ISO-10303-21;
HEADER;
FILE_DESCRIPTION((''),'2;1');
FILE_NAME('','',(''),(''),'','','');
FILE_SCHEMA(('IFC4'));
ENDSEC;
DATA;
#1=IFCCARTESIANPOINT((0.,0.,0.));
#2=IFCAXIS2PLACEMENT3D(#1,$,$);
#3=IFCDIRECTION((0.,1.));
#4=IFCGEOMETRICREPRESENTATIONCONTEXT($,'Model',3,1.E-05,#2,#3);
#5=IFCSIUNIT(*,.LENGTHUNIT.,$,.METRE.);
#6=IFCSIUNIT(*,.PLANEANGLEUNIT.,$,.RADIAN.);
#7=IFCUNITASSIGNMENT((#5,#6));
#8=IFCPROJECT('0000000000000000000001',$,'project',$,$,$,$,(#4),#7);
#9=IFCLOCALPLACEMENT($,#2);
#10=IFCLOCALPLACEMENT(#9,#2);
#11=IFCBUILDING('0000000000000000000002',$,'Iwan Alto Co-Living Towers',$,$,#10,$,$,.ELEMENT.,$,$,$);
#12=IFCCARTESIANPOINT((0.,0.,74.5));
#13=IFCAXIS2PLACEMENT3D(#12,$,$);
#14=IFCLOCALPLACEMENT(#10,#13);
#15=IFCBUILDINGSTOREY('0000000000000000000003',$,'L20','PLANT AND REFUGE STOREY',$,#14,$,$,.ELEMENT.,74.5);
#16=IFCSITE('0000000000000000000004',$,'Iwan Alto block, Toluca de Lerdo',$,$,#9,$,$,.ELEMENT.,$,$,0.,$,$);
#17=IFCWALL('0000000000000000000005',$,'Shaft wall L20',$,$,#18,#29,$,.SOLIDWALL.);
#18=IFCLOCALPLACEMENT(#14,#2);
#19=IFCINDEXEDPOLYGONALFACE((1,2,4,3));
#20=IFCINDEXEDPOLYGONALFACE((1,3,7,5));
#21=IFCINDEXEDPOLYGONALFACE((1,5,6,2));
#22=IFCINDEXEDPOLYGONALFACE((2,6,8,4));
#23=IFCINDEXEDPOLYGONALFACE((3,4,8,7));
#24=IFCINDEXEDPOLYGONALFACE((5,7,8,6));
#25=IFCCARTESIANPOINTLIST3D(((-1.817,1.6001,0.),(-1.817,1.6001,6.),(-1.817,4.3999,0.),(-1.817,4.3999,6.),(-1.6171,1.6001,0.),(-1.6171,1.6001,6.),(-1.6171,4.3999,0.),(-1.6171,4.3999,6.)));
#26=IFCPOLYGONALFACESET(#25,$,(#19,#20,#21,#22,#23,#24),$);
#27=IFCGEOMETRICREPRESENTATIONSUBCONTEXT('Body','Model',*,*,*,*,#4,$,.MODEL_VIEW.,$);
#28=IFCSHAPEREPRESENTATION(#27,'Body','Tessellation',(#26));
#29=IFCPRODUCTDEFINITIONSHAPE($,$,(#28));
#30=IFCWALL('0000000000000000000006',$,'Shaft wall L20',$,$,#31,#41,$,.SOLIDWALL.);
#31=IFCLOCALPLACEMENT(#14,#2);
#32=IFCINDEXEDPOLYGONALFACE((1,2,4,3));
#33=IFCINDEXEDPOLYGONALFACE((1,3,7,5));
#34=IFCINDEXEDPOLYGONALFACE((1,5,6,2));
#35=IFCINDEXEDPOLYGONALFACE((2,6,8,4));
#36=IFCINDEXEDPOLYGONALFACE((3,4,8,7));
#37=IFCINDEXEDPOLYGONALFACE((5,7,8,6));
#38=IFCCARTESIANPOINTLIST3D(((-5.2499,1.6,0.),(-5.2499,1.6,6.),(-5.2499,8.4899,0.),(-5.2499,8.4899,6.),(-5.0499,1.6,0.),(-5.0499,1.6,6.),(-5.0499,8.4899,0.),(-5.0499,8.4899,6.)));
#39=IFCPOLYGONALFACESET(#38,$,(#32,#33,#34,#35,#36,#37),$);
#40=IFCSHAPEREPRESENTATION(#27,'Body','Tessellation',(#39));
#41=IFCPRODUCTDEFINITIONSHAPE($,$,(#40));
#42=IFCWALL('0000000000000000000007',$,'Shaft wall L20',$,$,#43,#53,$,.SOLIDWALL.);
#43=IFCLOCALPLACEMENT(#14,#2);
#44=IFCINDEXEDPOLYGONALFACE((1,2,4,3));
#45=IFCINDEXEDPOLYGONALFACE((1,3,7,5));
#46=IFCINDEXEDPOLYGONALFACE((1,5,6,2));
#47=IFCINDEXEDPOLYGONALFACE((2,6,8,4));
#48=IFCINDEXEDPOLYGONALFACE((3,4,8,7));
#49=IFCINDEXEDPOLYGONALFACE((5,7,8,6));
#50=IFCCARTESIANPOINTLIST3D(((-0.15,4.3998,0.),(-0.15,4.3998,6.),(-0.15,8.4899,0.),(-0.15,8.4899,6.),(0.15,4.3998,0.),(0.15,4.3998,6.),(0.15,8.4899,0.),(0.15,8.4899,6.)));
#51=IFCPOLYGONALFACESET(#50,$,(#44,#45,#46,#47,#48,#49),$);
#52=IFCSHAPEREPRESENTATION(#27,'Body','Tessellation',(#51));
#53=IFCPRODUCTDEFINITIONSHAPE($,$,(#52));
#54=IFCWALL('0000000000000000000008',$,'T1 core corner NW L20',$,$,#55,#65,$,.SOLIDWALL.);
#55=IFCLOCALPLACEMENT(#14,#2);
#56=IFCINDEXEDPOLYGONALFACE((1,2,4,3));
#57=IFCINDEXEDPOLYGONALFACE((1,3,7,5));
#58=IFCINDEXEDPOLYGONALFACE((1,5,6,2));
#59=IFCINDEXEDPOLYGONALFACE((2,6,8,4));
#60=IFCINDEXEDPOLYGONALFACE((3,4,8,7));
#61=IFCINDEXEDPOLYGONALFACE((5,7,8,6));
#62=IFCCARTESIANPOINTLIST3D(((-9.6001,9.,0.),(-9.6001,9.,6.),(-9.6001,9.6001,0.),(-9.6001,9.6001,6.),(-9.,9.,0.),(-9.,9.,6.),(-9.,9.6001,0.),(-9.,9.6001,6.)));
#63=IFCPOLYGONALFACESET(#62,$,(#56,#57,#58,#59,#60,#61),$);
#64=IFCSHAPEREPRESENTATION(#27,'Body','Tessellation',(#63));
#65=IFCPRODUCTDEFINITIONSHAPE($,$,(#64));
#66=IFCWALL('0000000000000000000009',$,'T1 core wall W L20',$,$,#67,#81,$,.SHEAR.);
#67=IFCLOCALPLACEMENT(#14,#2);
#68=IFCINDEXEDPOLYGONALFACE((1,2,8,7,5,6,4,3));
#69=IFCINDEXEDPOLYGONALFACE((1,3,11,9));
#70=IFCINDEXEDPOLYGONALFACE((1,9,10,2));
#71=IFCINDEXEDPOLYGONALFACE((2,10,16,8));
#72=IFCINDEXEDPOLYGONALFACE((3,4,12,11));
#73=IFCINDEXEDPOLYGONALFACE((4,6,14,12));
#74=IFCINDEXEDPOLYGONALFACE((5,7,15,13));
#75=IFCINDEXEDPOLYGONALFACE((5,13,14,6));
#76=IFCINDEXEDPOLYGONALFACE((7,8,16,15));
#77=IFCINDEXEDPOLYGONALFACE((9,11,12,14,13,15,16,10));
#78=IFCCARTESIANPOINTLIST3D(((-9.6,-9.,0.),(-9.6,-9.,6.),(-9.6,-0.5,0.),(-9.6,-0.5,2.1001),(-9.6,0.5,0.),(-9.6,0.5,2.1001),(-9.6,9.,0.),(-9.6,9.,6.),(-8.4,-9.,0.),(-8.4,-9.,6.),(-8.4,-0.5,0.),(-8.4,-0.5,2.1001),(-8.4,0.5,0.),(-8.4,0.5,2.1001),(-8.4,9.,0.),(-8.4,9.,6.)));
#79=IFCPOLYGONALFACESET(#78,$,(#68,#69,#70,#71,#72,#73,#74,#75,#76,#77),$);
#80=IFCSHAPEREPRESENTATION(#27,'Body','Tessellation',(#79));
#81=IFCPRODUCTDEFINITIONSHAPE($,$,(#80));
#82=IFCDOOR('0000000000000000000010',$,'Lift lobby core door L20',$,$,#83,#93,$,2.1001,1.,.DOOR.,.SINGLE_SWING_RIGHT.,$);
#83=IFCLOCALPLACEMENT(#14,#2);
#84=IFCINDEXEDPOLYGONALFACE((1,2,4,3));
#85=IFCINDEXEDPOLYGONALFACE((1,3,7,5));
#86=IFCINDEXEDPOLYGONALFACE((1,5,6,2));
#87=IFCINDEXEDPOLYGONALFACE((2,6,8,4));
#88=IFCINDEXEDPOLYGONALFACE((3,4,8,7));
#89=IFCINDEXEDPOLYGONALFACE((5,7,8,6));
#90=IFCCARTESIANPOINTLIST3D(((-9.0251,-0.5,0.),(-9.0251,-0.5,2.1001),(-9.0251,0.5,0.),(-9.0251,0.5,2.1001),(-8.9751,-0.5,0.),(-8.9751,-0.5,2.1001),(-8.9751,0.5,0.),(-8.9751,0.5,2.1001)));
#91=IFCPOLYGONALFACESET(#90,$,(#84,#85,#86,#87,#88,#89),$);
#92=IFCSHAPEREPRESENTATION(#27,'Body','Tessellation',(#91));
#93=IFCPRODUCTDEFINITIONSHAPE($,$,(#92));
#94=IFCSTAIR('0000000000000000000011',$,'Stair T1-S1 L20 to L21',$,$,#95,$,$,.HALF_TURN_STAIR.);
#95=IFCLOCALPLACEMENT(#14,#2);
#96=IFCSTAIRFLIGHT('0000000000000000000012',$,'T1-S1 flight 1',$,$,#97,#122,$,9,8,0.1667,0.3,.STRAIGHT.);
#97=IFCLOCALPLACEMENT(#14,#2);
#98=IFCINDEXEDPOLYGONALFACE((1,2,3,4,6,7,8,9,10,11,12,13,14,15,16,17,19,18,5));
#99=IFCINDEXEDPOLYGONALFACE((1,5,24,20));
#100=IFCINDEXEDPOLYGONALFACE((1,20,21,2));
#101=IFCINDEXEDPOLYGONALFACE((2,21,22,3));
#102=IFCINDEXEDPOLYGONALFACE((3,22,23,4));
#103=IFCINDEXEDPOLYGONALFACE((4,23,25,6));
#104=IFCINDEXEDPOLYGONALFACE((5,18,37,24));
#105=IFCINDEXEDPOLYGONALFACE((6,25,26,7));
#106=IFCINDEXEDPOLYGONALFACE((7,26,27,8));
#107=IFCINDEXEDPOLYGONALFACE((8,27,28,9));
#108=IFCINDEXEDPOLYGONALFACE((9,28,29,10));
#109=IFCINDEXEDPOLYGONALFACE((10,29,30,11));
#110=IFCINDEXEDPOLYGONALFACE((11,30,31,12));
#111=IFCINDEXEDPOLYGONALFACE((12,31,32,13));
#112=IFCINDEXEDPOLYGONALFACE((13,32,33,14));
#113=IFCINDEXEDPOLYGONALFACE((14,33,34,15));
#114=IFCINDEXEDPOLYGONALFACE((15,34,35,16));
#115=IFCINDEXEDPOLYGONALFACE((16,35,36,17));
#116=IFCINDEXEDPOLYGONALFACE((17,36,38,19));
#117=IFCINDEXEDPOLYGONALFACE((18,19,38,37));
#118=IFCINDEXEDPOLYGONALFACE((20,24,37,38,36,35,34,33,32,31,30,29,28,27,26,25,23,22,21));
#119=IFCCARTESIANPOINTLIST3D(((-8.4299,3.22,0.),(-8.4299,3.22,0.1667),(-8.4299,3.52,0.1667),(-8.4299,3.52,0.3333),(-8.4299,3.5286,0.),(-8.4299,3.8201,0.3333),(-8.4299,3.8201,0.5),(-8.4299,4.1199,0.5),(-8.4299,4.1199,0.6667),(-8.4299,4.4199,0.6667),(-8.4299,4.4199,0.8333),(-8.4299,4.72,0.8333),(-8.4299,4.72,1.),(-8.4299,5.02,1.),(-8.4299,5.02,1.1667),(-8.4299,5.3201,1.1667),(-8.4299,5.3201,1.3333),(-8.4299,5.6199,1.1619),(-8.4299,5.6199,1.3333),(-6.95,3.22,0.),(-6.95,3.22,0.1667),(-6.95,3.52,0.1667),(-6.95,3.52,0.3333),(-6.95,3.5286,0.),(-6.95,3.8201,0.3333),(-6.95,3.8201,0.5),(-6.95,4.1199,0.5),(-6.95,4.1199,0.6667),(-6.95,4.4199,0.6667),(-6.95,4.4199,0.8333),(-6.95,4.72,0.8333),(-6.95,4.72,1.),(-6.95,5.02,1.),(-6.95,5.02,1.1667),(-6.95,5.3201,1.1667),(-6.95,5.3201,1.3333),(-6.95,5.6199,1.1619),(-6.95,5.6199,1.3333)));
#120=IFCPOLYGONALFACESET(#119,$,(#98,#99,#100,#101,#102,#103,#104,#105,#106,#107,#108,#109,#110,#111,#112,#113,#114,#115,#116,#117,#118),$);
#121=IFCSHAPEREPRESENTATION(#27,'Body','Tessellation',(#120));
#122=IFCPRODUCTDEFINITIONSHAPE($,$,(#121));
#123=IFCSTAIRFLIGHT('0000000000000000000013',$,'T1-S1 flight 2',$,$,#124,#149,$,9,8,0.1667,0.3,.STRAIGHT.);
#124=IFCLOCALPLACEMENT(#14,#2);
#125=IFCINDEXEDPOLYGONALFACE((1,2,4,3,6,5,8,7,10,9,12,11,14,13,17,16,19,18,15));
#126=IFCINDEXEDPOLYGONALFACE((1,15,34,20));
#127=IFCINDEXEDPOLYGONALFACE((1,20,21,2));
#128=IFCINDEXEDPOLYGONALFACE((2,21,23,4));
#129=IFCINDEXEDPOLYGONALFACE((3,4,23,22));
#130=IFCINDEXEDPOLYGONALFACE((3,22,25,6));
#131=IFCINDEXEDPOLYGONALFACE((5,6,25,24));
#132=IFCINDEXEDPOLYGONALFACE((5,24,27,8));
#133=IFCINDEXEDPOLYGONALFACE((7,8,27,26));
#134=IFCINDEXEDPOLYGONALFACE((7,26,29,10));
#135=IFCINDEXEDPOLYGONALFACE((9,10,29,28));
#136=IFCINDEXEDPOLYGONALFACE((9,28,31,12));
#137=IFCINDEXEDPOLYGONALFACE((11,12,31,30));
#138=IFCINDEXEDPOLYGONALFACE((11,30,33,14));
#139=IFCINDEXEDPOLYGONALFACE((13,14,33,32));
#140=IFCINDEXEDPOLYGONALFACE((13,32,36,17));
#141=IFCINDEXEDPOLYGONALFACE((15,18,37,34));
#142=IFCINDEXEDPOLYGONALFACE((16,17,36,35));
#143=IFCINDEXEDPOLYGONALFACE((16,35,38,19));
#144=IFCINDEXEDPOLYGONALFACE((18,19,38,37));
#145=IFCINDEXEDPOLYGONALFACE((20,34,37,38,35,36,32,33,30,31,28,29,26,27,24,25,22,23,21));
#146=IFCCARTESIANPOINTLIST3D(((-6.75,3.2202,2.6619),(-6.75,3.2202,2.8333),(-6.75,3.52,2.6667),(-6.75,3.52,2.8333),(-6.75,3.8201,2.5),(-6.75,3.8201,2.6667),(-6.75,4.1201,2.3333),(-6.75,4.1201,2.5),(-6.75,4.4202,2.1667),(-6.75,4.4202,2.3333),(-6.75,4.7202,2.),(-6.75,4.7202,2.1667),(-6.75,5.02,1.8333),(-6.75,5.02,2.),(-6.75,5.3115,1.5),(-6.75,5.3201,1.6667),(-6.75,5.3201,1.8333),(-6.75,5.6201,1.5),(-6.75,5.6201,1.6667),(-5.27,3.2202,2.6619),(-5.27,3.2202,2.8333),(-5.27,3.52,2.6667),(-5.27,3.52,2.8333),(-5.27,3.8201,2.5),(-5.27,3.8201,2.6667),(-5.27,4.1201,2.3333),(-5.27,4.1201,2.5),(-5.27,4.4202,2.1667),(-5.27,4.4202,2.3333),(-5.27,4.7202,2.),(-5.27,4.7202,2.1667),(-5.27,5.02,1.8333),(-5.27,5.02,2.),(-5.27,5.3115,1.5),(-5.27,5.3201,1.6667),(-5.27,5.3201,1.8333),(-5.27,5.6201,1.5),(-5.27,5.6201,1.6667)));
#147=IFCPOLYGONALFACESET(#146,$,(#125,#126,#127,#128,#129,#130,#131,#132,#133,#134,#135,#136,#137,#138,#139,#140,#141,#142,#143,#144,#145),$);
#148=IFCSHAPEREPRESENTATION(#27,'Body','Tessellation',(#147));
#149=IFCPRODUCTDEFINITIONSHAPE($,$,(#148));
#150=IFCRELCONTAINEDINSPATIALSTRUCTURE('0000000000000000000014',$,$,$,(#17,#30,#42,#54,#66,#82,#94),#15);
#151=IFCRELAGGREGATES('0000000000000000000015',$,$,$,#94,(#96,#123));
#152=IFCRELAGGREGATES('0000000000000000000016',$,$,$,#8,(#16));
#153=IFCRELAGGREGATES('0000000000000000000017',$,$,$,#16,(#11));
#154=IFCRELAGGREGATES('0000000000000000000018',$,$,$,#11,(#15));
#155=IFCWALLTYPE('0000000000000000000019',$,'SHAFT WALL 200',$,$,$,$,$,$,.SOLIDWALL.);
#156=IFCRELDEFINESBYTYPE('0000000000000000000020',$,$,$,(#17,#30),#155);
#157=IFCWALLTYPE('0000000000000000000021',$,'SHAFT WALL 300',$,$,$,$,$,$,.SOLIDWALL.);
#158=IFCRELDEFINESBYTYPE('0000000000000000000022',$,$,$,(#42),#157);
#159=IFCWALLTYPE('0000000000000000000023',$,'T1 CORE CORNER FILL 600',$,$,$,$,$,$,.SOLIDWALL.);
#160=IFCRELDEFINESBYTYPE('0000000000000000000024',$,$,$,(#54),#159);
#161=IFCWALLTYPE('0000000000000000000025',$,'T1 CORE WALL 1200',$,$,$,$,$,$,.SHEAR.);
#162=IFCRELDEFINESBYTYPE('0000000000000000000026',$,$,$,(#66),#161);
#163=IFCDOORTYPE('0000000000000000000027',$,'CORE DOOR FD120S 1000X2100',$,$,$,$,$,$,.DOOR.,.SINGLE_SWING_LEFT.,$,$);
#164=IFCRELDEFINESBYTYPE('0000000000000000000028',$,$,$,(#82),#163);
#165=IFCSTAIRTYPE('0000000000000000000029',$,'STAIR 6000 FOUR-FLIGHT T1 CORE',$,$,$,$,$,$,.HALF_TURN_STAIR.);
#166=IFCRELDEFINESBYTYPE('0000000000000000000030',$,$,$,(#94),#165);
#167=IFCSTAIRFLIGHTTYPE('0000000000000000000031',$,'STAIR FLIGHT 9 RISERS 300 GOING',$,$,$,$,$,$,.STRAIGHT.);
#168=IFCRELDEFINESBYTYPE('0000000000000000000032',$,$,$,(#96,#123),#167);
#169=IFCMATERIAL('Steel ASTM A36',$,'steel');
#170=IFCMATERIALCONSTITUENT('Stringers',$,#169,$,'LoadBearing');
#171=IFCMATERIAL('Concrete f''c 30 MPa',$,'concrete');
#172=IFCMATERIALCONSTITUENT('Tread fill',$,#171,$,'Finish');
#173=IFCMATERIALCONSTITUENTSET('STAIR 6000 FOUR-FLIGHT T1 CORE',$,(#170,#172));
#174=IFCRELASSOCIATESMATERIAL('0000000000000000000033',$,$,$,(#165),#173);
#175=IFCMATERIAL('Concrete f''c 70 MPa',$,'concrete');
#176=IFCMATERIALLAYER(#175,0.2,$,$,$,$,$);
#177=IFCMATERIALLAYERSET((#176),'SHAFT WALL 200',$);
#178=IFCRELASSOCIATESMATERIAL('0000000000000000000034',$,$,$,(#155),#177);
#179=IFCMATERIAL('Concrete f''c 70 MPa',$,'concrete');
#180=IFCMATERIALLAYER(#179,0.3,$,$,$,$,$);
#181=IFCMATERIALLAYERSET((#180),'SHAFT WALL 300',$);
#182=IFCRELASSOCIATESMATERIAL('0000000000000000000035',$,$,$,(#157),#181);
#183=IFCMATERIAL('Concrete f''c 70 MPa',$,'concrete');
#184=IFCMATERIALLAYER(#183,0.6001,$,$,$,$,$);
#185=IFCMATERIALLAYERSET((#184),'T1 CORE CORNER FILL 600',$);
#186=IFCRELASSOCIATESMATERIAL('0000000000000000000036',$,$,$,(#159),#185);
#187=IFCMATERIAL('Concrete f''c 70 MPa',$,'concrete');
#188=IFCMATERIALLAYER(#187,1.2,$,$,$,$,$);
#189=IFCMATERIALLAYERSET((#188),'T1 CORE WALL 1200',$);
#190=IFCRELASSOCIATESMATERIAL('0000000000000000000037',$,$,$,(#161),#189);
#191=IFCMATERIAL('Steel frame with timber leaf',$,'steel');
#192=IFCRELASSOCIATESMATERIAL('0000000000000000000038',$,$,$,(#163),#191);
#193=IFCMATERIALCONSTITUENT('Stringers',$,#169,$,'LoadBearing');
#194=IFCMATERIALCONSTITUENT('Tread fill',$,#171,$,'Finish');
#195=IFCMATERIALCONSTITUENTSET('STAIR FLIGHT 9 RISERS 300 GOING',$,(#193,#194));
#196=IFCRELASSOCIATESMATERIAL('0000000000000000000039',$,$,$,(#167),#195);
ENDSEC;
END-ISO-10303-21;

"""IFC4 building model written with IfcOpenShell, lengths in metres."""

from ifc_helpers import new_model, si_unit, direction, frame, frame_2d, origin, place, context, subcontext, project, spatial, polyline, rectangle, outline, extrude, material, layer, layer_set, constituent, constituent_set, type_object, element, fill, aggregate, save


model = new_model("IFC4")

# Units and contexts
model_context = context("Model", 3, precision=1e-05, world=origin(), true_north=direction((0.0, 1.0)))
body_context = subcontext(model_context, "Body", "Model", "MODEL_VIEW")
ifc_project = project(units=[si_unit("LENGTHUNIT", "METRE"), si_unit("PLANEANGLEUNIT", "RADIAN")], contexts=[model_context])

# Site, building, storey
site_placement = place(None, origin())
site = spatial("IfcSite", under=ifc_project, at=site_placement, Name="Iwan Alto block, Toluca de Lerdo", CompositionType="ELEMENT", RefElevation=0.0)
building_placement = place(site_placement, origin())
building = spatial("IfcBuilding", under=site, at=building_placement, Name="Iwan Alto Co-Living Towers", CompositionType="ELEMENT")
storey_placement = place(building_placement, frame((0.0, 0.0, 74.5)))
storey = spatial("IfcBuildingStorey", under=building, at=storey_placement, Name="L20", Description="PLANT AND REFUGE STOREY", CompositionType="ELEMENT", Elevation=74.5)

# Shared definitions
ifc_material_1 = material(Name="Steel ASTM A36", Category="steel")
ifc_constituent_1 = constituent(ifc_material_1, Name="Stringers", Category="LoadBearing")
ifc_material_2 = material(Name="Concrete f'c 30 MPa", Category="concrete")
ifc_constituent_2 = constituent(ifc_material_2, Name="Tread fill", Category="Finish")
ifc_constituent_set_1 = constituent_set(constituents=[ifc_constituent_1, ifc_constituent_2], Name="STAIR 6000 FOUR-FLIGHT T1 CORE")
stair_type_1 = type_object("IfcStairType", Name="STAIR 6000 FOUR-FLIGHT T1 CORE", PredefinedType="HALF_TURN_STAIR", material=ifc_constituent_set_1)

# Shared definitions
ifc_material_3 = material(Name="Concrete f'c 70 MPa", Category="concrete")
ifc_layer_1 = layer(ifc_material_3, 0.2)
ifc_layer_set_1 = layer_set([ifc_layer_1], Name="SHAFT WALL 200")
wall_type_1 = type_object("IfcWallType", Name="SHAFT WALL 200", PredefinedType="SOLIDWALL", material=ifc_layer_set_1)

# Walls
wall_1_placement = place(storey_placement, frame((-1.717, 1.6001, 0.0), z_axis=(0.0, 0.0, 1.0), x_axis=(0.0, 1.0, 0.0)))
element("IfcWall", 1, at=wall_1_placement, inside=storey, type_object=wall_type_1, Name="Shaft wall L20", PredefinedType="SOLIDWALL", context=body_context, shape_type="SweptSolid", body=[
    extrude(rectangle(XDim=2.7998, YDim=0.2, at=frame_2d((1.3999, 0.0))), origin(), (0.0, 0.0, 1.0), 6.0),
])
wall_2_placement = place(storey_placement, frame((-5.1499, 1.6001, 0.0), z_axis=(0.0, 0.0, 1.0), x_axis=(0.0, 1.0, 0.0)))
element("IfcWall", 2, at=wall_2_placement, inside=storey, type_object=wall_type_1, Name="Shaft wall L20", PredefinedType="SOLIDWALL", context=body_context, shape_type="SweptSolid", body=[
    extrude(rectangle(XDim=6.8899, YDim=0.2, at=frame_2d((3.4448, 0.0))), origin(), (0.0, 0.0, 1.0), 6.0),
])
ifc_material_4 = material(Name="Concrete f'c 70 MPa", Category="concrete")
ifc_layer_2 = layer(ifc_material_4, 0.3)
ifc_layer_set_2 = layer_set([ifc_layer_2], Name="SHAFT WALL 300")
wall_type_2 = type_object("IfcWallType", Name="SHAFT WALL 300", PredefinedType="SOLIDWALL", material=ifc_layer_set_2)
wall_3_placement = place(storey_placement, frame((0.0, 4.3999, 0.0), z_axis=(0.0, 0.0, 1.0), x_axis=(0.0, 1.0, 0.0)))
element("IfcWall", 3, at=wall_3_placement, inside=storey, type_object=wall_type_2, Name="Shaft wall L20", PredefinedType="SOLIDWALL", context=body_context, shape_type="SweptSolid", body=[
    extrude(rectangle(XDim=4.0901, YDim=0.3, at=frame_2d((2.0449, 0.0))), origin(), (0.0, 0.0, 1.0), 6.0),
])
ifc_material_5 = material(Name="Concrete f'c 70 MPa", Category="concrete")
ifc_layer_3 = layer(ifc_material_5, 0.6001)
ifc_layer_set_3 = layer_set([ifc_layer_3], Name="T1 CORE CORNER FILL 600")
wall_type_3 = type_object("IfcWallType", Name="T1 CORE CORNER FILL 600", PredefinedType="SOLIDWALL", material=ifc_layer_set_3)
wall_4_placement = place(storey_placement, frame((-9.6001, 9.3, 0.0), z_axis=(0.0, 0.0, 1.0), x_axis=(1.0, 0.0, 0.0)))
element("IfcWall", 4, at=wall_4_placement, inside=storey, type_object=wall_type_3, Name="T1 core corner NW L20", PredefinedType="SOLIDWALL", context=body_context, shape_type="SweptSolid", body=[
    extrude(rectangle(XDim=0.6001, YDim=0.6001, at=frame_2d((0.3, 0.0))), origin(), (0.0, 0.0, 1.0), 6.0),
])

# Wall, opening, door
ifc_material_6 = material(Name="Concrete f'c 70 MPa", Category="concrete")
ifc_layer_4 = layer(ifc_material_6, 1.2)
ifc_layer_set_4 = layer_set([ifc_layer_4], Name="T1 CORE WALL 1200")
wall_type_4 = type_object("IfcWallType", Name="T1 CORE WALL 1200", PredefinedType="SHEAR", material=ifc_layer_set_4)
wall_5_placement = place(storey_placement, frame((-9.0, 9.0, 0.0), z_axis=(0.0, 0.0, 1.0), x_axis=(0.0, -1.0, 0.0)))
wall_5 = element("IfcWall", 5, at=wall_5_placement, inside=storey, type_object=wall_type_4, Name="T1 core wall W L20", PredefinedType="SHEAR", context=body_context, shape_type="SweptSolid", body=[
    extrude(rectangle(XDim=18.0, YDim=1.2, at=frame_2d((9.0, 0.0))), origin(), (0.0, 0.0, 1.0), 6.0),
])
opening_1_placement = place(wall_5_placement, frame((8.5, 0.0, 0.0)))
opening_1 = element("IfcOpeningElement", 6, at=opening_1_placement, cuts=wall_5, PredefinedType="OPENING", context=body_context, shape_type="SweptSolid", body=[
    extrude(rectangle(XDim=1.0, YDim=2.1001, at=frame_2d((0.5, 1.05))), frame((0.0, 0.6099, 0.0), z_axis=(0.0, -1.0, 0.0), x_axis=(1.0, 0.0, 0.0)), (0.0, 0.0, 1.0), 1.22),
])
ifc_material_7 = material(Name="Steel frame with timber leaf", Category="steel")
door_type_1 = type_object("IfcDoorType", Name="CORE DOOR FD120S 1000X2100", OperationType="SINGLE_SWING_LEFT", PredefinedType="DOOR", material=ifc_material_7)
door_1_placement = place(opening_1_placement, origin())
door_1 = element("IfcDoor", 7, at=door_1_placement, inside=storey, type_object=door_type_1, Name="Lift lobby core door L20", OperationType="SINGLE_SWING_RIGHT", OverallHeight=2.1001, OverallWidth=1.0, PredefinedType="DOOR", context=body_context, shape_type="SweptSolid", body=[
    extrude(rectangle(XDim=1.0, YDim=2.1001, at=frame_2d((0.5, 1.05))), frame((0.0, 0.0249, 0.0), z_axis=(0.0, -1.0, 0.0), x_axis=(1.0, 0.0, 0.0)), (0.0, 0.0, 1.0), 0.05),
])
fill(opening_1, door_1)

# Stair, stair flights
stair_1_placement = place(storey_placement, origin())
stair_1 = element("IfcStair", 8, at=stair_1_placement, inside=storey, type_object=stair_type_1, Name="Stair T1-S1 L20 to L21", PredefinedType="HALF_TURN_STAIR")
ifc_constituent_3 = constituent(ifc_material_1, Name="Stringers", Category="LoadBearing")
ifc_constituent_4 = constituent(ifc_material_2, Name="Tread fill", Category="Finish")
ifc_constituent_set_2 = constituent_set(constituents=[ifc_constituent_3, ifc_constituent_4], Name="STAIR FLIGHT 9 RISERS 300 GOING")
stair_flight_type = type_object("IfcStairFlightType", Name="STAIR FLIGHT 9 RISERS 300 GOING", PredefinedType="STRAIGHT", material=ifc_constituent_set_2)
stair_flight_1_placement = place(storey_placement, frame((-7.6899, 3.22, 0.0), z_axis=(0.0, 0.0, 1.0), x_axis=(0.0, 1.0, 0.0)))
stair_flight_1 = element("IfcStairFlight", 9, at=stair_flight_1_placement, type_object=stair_flight_type, Name="T1-S1 flight 1", NumberOfRisers=9, NumberOfTreads=8, PredefinedType="STRAIGHT", RiserHeight=0.1667, TreadLength=0.3, context=body_context, shape_type="SweptSolid", body=[
    extrude(outline(polyline([(0.0, 0.0), (0.0, 0.1667), (0.3, 0.1667), (0.3, 0.3333), (0.6001, 0.3333), (0.6001, 0.5), (0.8999, 0.5), (0.8999, 0.6667), (1.2, 0.6667), (1.2, 0.8333), (1.5, 0.8333), (1.5, 1.0), (1.8, 1.0), (1.8, 1.1667), (2.1001, 1.1667), (2.1001, 1.3333), (2.3999, 1.3333), (2.3999, 1.5), (2.3999, 1.1619), (0.3086, 0.0), (0.0, 0.0)])), frame((0.0, 0.74, 0.0), z_axis=(0.0, -1.0, 0.0), x_axis=(1.0, 0.0, 0.0)), (0.0, 0.0, 1.0), 1.48),
])
stair_flight_2_placement = place(storey_placement, frame((-6.01, 5.6201, 1.5), z_axis=(0.0, 0.0, 1.0), x_axis=(0.0, -1.0, 0.0)))
stair_flight_2 = element("IfcStairFlight", 10, at=stair_flight_2_placement, type_object=stair_flight_type, Name="T1-S1 flight 2", NumberOfRisers=9, NumberOfTreads=8, PredefinedType="STRAIGHT", RiserHeight=0.1667, TreadLength=0.3, context=body_context, shape_type="SweptSolid", body=[
    extrude(outline(polyline([(0.0, 0.0), (0.0, 0.1667), (0.3, 0.1667), (0.3, 0.3333), (0.6001, 0.3333), (0.6001, 0.5), (0.8999, 0.5), (0.8999, 0.6667), (1.2, 0.6667), (1.2, 0.8333), (1.5, 0.8333), (1.5, 1.0), (1.8, 1.0), (1.8, 1.1667), (2.1001, 1.1667), (2.1001, 1.3333), (2.3999, 1.3333), (2.3999, 1.5), (2.3999, 1.1619), (0.3086, 0.0), (0.0, 0.0)])), frame((0.0, 0.74, 0.0), z_axis=(0.0, -1.0, 0.0), x_axis=(1.0, 0.0, 0.0)), (0.0, 0.0, 1.0), 1.48),
])
aggregate(stair_1, [stair_flight_1, stair_flight_2])

save(model, "model.ifc")
